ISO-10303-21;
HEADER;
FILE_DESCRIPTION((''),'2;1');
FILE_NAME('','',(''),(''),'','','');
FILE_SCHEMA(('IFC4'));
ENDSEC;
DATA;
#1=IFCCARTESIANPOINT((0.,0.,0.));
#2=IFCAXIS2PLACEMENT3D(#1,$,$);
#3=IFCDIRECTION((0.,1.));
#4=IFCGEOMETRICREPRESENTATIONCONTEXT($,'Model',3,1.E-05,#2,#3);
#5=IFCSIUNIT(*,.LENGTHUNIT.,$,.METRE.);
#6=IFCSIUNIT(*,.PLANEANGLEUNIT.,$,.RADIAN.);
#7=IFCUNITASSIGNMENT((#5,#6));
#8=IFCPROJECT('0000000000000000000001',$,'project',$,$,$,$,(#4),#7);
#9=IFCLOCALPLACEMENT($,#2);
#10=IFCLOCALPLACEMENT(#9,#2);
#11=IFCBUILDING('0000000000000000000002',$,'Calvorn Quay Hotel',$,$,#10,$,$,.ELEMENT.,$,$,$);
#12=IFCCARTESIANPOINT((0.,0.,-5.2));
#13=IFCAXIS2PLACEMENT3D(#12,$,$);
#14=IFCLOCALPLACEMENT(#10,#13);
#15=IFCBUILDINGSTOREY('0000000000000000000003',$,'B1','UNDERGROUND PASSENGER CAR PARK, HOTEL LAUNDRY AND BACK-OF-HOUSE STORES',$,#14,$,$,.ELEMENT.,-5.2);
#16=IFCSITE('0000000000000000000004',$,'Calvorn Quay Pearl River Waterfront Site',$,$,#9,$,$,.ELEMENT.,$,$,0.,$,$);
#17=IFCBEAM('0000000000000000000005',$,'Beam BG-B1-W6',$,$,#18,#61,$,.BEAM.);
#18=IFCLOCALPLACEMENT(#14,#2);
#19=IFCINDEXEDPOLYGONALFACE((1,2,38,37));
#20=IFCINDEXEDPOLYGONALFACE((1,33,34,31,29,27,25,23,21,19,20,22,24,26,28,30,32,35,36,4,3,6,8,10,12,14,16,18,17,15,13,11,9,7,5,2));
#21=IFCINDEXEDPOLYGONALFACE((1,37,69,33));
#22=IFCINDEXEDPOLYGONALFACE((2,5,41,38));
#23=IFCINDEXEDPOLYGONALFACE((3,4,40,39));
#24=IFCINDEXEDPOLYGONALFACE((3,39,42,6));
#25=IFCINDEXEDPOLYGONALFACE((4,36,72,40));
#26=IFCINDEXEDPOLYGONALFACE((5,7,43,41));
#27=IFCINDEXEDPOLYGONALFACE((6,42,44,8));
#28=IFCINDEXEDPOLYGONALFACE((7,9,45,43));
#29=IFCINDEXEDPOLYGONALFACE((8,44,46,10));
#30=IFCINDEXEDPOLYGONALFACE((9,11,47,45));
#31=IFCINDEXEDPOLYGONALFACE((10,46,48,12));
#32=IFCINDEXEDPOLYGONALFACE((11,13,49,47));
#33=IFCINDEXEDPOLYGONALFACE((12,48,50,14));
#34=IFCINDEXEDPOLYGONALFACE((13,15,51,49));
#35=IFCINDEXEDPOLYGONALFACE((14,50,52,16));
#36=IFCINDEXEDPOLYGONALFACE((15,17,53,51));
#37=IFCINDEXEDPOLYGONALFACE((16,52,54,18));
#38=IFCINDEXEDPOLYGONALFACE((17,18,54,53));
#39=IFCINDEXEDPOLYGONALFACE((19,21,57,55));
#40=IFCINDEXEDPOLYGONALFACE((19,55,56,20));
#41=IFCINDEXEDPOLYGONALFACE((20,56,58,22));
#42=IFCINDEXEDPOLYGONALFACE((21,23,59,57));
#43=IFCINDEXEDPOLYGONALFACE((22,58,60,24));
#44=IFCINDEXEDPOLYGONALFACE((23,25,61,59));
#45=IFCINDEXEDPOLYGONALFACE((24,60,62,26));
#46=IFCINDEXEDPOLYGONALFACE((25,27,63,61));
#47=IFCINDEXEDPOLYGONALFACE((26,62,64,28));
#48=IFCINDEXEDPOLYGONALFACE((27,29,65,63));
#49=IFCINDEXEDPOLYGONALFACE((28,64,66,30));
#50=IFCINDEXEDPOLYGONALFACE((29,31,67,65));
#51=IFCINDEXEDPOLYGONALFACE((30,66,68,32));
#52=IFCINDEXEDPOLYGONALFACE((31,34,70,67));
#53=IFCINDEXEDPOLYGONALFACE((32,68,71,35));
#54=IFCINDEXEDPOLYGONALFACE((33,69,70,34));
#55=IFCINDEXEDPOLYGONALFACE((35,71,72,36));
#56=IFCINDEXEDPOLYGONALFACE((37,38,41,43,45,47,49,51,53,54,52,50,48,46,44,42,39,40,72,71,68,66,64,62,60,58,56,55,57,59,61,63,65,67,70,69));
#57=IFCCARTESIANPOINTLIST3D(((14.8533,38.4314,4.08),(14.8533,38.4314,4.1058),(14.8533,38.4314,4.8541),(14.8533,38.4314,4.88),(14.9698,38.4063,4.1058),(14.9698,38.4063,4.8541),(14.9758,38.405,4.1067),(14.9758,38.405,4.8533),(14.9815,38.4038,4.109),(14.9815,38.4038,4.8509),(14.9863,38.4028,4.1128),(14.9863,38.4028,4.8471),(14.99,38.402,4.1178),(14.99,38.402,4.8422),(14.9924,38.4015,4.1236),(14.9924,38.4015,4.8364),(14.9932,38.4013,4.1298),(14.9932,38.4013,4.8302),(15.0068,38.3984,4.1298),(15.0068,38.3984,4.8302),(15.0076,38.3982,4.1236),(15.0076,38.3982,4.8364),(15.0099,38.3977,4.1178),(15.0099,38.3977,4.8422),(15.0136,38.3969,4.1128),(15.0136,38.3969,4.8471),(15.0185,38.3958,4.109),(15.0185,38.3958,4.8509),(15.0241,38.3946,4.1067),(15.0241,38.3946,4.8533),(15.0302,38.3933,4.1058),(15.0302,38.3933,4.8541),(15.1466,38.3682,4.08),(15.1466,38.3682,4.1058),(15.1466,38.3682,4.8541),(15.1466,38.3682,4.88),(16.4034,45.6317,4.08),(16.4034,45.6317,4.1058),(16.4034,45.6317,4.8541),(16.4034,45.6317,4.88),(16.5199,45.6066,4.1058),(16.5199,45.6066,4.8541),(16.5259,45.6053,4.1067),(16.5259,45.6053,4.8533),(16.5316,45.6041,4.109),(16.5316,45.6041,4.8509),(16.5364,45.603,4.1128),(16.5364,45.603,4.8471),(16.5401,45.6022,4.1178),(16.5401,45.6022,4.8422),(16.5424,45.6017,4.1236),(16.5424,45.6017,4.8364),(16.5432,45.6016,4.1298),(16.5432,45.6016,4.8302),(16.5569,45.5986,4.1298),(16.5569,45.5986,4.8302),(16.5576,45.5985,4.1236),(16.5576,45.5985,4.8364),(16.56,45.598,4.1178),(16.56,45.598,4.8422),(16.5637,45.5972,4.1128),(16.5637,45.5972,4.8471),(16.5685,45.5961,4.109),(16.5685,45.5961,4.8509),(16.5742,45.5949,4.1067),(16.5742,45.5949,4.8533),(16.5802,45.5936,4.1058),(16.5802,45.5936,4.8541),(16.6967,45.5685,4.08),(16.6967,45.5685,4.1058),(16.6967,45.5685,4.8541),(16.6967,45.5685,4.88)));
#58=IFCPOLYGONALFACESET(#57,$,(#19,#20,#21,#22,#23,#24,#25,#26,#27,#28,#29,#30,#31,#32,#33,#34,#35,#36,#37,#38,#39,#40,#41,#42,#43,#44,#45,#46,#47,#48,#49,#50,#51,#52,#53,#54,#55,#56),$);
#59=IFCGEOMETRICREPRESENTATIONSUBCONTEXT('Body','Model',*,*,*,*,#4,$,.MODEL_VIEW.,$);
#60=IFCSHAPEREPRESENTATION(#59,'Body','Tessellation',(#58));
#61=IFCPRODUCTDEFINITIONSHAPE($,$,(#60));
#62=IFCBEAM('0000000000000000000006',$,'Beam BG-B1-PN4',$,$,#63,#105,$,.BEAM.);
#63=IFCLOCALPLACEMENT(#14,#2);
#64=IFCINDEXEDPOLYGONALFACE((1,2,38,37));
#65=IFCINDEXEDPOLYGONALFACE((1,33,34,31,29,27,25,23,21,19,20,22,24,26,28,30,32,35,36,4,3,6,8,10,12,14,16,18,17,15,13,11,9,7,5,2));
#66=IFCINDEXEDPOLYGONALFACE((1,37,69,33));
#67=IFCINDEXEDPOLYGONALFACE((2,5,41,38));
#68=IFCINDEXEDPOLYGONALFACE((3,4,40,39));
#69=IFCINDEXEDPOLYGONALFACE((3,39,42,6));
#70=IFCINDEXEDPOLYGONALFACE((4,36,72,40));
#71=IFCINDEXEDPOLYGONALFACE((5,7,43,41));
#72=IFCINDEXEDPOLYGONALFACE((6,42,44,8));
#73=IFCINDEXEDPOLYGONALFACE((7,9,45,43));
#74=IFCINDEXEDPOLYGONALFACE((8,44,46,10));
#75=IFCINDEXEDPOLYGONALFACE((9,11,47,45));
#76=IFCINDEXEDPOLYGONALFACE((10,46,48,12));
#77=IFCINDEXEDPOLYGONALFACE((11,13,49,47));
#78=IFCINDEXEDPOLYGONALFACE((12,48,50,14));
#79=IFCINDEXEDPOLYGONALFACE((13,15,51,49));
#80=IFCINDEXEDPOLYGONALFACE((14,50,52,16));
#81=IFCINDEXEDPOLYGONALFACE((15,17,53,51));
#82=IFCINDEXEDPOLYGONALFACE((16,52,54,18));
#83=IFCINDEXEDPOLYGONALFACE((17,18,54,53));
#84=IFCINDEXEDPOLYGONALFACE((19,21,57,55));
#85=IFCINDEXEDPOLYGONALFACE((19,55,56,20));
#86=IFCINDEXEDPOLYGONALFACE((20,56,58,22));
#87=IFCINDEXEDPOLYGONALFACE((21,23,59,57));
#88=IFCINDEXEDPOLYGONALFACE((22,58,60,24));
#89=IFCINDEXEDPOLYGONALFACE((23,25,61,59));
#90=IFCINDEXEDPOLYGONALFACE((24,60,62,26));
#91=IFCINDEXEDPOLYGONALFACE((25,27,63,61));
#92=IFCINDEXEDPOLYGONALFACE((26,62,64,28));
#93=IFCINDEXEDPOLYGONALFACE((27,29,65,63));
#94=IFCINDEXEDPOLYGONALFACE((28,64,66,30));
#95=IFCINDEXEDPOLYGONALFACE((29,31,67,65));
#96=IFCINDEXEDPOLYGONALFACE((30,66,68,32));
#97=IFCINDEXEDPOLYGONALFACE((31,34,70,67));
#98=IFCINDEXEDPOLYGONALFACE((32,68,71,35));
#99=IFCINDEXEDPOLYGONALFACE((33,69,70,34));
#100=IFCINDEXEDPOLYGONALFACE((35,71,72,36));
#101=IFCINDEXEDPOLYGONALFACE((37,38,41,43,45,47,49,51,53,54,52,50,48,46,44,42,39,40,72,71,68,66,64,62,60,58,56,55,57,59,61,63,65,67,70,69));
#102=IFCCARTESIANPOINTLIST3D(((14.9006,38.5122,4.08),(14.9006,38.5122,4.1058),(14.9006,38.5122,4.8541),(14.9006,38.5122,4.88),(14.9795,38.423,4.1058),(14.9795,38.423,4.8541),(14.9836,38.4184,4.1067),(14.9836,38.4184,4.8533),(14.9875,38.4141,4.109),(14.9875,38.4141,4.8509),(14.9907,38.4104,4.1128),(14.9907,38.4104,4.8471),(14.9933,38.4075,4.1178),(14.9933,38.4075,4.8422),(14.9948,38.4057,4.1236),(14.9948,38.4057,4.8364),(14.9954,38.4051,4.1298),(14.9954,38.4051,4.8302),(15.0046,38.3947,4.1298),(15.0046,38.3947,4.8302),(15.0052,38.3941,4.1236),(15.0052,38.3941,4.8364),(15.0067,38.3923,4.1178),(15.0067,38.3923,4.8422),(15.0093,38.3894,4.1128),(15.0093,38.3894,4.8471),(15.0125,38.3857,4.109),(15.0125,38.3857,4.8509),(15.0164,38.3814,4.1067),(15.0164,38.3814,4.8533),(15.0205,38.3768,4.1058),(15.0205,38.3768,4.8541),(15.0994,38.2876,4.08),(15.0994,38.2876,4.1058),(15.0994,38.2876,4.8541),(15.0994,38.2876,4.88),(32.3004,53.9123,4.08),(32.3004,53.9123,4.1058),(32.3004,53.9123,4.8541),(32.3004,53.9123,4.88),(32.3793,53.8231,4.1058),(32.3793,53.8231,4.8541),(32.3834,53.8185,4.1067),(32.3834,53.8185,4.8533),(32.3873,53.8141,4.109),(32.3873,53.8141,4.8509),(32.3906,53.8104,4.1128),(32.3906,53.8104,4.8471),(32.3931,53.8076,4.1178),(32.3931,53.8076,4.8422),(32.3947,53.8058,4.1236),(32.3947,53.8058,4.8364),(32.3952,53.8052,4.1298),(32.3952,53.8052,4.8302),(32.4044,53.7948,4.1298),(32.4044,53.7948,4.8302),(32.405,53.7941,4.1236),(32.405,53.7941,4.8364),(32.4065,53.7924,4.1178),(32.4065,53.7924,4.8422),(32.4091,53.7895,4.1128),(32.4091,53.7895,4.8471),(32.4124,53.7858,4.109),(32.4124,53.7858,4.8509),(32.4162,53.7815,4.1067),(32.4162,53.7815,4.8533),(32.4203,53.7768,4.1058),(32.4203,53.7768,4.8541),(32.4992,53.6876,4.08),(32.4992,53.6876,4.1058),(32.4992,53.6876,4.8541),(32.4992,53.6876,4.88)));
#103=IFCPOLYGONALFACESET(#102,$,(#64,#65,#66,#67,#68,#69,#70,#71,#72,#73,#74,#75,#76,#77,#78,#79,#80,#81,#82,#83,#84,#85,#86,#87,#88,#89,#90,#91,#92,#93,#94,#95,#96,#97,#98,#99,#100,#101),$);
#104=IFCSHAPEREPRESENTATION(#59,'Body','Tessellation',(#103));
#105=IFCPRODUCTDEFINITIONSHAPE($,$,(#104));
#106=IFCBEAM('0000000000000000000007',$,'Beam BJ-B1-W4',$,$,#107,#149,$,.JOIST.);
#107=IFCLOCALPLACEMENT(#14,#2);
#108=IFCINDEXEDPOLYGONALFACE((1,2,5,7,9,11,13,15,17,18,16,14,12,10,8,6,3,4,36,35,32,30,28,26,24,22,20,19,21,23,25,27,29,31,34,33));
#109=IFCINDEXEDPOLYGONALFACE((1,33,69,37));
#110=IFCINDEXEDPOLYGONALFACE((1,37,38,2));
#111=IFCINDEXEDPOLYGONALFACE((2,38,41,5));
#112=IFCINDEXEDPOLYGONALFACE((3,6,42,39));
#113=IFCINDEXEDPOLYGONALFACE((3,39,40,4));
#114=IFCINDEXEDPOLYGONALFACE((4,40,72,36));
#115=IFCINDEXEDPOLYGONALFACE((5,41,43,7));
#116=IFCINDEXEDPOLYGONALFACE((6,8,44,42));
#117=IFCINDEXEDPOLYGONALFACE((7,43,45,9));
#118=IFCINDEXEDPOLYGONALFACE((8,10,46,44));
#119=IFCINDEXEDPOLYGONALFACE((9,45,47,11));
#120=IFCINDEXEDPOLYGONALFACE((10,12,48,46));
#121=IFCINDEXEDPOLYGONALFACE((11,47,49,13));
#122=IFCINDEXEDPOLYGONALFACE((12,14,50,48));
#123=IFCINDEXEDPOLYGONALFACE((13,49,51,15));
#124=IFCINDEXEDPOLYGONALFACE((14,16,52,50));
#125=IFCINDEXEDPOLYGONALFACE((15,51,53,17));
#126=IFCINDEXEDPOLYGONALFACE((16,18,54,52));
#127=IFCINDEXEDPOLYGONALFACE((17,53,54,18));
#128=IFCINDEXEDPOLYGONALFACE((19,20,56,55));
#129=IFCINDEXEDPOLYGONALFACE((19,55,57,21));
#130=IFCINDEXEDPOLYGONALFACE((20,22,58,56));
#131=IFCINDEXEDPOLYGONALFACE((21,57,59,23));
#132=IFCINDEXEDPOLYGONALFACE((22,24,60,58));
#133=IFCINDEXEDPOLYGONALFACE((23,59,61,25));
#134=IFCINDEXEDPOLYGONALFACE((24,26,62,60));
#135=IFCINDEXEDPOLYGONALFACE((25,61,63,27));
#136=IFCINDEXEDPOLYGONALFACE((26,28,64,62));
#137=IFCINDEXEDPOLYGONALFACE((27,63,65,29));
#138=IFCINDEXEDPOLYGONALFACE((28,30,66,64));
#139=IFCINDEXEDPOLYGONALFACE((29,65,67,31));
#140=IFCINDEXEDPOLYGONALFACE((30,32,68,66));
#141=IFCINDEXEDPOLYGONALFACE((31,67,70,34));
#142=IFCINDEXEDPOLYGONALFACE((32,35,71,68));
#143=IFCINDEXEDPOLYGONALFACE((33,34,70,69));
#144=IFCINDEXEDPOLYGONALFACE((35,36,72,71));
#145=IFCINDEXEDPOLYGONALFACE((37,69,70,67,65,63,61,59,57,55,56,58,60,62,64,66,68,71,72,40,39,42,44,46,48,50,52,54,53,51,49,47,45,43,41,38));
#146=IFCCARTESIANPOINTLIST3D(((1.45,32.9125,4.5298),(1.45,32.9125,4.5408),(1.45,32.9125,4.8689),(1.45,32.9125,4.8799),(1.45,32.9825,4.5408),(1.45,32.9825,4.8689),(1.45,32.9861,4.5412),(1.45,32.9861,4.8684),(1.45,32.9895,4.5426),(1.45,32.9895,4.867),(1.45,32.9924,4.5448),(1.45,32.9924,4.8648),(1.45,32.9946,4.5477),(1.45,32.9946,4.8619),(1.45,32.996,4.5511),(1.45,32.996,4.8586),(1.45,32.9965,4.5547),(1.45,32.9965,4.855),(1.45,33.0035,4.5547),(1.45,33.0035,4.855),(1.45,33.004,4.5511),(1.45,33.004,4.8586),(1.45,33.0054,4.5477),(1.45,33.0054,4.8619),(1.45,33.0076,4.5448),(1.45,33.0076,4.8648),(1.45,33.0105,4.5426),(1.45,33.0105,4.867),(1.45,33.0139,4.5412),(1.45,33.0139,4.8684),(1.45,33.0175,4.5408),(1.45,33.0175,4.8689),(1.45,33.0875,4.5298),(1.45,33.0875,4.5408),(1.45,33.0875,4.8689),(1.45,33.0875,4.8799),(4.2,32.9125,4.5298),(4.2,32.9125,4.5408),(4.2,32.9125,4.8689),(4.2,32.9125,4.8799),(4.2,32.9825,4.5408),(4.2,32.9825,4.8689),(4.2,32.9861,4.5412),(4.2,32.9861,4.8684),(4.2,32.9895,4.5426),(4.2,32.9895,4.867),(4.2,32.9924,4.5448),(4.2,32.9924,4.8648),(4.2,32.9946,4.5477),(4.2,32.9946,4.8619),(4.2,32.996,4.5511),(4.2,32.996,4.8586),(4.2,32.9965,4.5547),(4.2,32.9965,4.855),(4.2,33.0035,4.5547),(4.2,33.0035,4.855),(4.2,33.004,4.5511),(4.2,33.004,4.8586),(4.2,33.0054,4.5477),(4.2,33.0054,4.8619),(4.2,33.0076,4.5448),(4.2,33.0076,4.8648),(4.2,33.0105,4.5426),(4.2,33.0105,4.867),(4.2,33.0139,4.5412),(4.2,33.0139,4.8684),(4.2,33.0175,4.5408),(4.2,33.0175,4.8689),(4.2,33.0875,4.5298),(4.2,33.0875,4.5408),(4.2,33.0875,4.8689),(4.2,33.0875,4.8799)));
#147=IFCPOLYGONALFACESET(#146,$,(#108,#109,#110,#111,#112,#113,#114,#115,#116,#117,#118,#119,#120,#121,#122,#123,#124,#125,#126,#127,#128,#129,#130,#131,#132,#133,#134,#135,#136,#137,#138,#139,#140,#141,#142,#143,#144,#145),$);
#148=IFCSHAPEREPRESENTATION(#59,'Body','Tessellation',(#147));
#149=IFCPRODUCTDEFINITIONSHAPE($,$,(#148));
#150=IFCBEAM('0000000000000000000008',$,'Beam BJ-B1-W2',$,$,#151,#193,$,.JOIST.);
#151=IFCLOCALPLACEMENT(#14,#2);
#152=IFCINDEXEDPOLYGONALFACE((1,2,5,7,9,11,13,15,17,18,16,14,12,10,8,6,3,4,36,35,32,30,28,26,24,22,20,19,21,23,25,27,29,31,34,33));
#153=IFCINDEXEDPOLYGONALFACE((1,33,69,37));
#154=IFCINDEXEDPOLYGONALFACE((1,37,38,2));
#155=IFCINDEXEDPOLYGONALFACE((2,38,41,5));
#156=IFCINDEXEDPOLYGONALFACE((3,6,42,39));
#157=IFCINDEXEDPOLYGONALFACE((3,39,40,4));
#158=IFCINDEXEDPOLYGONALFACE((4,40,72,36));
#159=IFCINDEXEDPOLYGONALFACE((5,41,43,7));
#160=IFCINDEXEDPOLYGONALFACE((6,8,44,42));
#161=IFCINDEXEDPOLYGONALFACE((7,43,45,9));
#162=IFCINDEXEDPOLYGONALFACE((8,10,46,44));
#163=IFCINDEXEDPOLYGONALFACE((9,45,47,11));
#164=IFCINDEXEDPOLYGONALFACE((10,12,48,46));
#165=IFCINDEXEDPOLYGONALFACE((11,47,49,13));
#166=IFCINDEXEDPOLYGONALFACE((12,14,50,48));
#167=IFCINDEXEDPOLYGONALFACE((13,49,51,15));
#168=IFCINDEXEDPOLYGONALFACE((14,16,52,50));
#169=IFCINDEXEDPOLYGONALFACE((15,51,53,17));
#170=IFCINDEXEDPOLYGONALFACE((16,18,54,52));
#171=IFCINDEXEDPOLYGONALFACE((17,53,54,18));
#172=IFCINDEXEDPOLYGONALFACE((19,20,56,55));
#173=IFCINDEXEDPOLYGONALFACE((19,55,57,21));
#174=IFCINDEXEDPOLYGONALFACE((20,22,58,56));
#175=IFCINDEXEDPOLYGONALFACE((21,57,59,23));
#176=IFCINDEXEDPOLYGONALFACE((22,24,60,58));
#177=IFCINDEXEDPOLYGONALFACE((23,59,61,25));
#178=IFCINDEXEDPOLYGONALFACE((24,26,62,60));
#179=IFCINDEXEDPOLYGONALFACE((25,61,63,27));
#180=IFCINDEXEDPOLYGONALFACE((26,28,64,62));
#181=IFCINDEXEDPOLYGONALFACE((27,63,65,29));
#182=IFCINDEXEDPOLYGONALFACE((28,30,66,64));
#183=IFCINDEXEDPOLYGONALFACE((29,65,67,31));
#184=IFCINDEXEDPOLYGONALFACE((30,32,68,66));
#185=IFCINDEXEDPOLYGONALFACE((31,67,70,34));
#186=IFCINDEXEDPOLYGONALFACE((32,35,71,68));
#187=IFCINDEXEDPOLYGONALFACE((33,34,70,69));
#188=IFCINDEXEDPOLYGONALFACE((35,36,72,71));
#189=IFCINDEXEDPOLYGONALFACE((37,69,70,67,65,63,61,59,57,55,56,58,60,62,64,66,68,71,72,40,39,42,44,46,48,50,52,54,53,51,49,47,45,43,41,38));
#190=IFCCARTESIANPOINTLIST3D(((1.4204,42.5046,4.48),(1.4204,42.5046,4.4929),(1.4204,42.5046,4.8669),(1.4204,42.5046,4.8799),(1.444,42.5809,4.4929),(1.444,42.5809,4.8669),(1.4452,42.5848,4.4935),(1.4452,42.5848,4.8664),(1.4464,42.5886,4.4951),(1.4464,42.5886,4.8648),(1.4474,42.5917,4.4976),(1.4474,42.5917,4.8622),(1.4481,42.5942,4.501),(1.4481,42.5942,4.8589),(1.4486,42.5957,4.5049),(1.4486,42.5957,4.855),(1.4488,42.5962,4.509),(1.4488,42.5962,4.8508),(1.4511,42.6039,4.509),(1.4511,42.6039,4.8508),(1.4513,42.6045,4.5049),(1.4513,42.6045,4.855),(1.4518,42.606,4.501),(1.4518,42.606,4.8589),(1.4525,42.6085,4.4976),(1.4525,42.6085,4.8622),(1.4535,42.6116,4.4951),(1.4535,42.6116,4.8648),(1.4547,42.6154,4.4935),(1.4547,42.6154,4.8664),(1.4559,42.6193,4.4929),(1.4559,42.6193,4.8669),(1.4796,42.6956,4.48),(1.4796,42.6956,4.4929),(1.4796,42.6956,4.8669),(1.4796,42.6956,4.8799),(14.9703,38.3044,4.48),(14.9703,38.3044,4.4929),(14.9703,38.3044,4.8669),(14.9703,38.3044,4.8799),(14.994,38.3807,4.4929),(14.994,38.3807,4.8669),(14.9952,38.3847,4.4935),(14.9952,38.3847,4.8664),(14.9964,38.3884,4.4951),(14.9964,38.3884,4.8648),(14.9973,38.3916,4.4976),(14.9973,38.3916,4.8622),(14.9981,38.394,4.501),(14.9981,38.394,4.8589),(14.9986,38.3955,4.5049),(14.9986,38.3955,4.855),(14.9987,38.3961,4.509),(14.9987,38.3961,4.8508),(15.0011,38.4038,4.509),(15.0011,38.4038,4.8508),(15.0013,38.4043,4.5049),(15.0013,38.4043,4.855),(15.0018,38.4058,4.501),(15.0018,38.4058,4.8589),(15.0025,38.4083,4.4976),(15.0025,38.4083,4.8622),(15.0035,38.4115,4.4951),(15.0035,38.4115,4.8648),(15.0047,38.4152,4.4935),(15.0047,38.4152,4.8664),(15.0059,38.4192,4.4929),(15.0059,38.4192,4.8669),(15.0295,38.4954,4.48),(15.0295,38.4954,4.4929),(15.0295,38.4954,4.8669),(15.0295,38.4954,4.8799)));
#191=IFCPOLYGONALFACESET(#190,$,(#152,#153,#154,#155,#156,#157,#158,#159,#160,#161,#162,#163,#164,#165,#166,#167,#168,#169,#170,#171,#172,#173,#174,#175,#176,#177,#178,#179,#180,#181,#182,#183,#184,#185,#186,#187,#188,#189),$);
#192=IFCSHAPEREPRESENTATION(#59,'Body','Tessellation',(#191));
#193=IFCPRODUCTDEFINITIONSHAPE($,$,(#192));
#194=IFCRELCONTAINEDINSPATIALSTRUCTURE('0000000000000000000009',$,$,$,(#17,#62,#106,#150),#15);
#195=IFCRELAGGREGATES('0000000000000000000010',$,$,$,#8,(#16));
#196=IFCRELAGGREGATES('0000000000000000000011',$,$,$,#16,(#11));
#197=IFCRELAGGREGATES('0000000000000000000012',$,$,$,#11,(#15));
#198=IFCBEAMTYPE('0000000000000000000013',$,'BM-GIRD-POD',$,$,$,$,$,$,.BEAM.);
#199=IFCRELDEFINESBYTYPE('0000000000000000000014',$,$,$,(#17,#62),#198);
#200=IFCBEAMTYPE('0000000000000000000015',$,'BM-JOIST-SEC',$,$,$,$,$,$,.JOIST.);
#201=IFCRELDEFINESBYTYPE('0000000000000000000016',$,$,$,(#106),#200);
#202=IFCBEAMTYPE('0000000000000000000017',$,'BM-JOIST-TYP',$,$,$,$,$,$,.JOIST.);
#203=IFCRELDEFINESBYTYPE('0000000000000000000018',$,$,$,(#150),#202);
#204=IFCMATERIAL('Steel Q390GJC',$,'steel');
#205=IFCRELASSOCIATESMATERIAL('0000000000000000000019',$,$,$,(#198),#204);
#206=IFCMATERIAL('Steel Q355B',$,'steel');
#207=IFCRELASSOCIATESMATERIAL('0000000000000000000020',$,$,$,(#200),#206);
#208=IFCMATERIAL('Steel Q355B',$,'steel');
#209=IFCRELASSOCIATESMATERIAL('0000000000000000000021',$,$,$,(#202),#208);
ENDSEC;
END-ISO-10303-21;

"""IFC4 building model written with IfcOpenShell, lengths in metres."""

from ifc_helpers import new_model, si_unit, direction, frame, origin, origin_2d, place, context, subcontext, project, spatial, i_section, extrude, material, material_profile, profile_set, type_object, element, save


model = new_model("IFC4")

# Units and contexts
model_context = context("Model", 3, precision=1e-05, world=origin(), true_north=direction((0.0, 1.0)))
body_context = subcontext(model_context, "Body", "Model", "MODEL_VIEW")
ifc_project = project(units=[si_unit("LENGTHUNIT", "METRE"), si_unit("PLANEANGLEUNIT", "RADIAN")], contexts=[model_context])

# Site, building, storey
site_placement = place(None, origin())
site = spatial("IfcSite", under=ifc_project, at=site_placement, Name="Calvorn Quay Pearl River Waterfront Site", CompositionType="ELEMENT", RefElevation=0.0)
building_placement = place(site_placement, origin())
building = spatial("IfcBuilding", under=site, at=building_placement, Name="Calvorn Quay Hotel", CompositionType="ELEMENT")
storey_placement = place(building_placement, frame((0.0, 0.0, -5.2)))
storey = spatial("IfcBuildingStorey", under=building, at=storey_placement, Name="B1", Description="UNDERGROUND PASSENGER CAR PARK, HOTEL LAUNDRY AND BACK-OF-HOUSE STORES", CompositionType="ELEMENT", Elevation=-5.2)

# Beams
ifc_material_1 = material(Name="Steel Q390GJC", Category="steel")
ifc_material_profile_1 = material_profile(ifc_material_1, i_section(OverallWidth=0.3, OverallDepth=0.8, WebThickness=0.0139, FlangeThickness=0.0259, FilletRadius=0.0239, at=origin_2d()), Name="HN800x300x14x26")
ifc_profile_set_1 = profile_set([ifc_material_profile_1], Name="Steel Q390GJC")
beam_type_1 = type_object("IfcBeamType", Name="BM-GIRD-POD", PredefinedType="BEAM", material=ifc_profile_set_1)
beam_1_placement = place(storey_placement, frame((16.55, 45.6001, 4.48), z_axis=(-0.210457, -0.977603, 0.0), x_axis=(0.977603, -0.210457, 0.0)))
element("IfcBeam", 1, at=beam_1_placement, inside=storey, type_object=beam_type_1, Name="Beam BG-B1-W6", PredefinedType="BEAM", context=body_context, shape_type="SweptSolid", body=[
    extrude(i_section(OverallWidth=0.3, OverallDepth=0.8, WebThickness=0.0139, FlangeThickness=0.0259, FilletRadius=0.0239, at=origin_2d()), origin(), (0.0, 0.0, 1.0), 7.3652),
])
beam_2_placement = place(storey_placement, frame((15.0, 38.3999, 4.48), z_axis=(0.748827, 0.662765, 0.0), x_axis=(-0.662765, 0.748827, 0.0)))
element("IfcBeam", 2, at=beam_2_placement, inside=storey, type_object=beam_type_1, Name="Beam BG-B1-PN4", PredefinedType="BEAM", context=body_context, shape_type="SweptSolid", body=[
    extrude(i_section(OverallWidth=0.3, OverallDepth=0.8, WebThickness=0.0139, FlangeThickness=0.0259, FilletRadius=0.0239, at=origin_2d()), origin(), (0.0, 0.0, 1.0), 23.2361),
])
ifc_material_2 = material(Name="Steel Q355B", Category="steel")
ifc_material_profile_2 = material_profile(ifc_material_2, i_section(OverallWidth=0.175, OverallDepth=0.3501, WebThickness=0.0071, FlangeThickness=0.011, FilletRadius=0.0139, at=origin_2d()), Name="HN350x175x7x11")
ifc_profile_set_2 = profile_set([ifc_material_profile_2], Name="Steel Q355B")
beam_type_2 = type_object("IfcBeamType", Name="BM-JOIST-SEC", PredefinedType="JOIST", material=ifc_profile_set_2)
beam_3_placement = place(storey_placement, frame((1.45, 33.0, 4.7048), z_axis=(1.0, 0.0, 0.0), x_axis=(0.0, 1.0, 0.0)))
element("IfcBeam", 3, at=beam_3_placement, inside=storey, type_object=beam_type_2, Name="Beam BJ-B1-W4", PredefinedType="JOIST", context=body_context, shape_type="SweptSolid", body=[
    extrude(i_section(OverallWidth=0.175, OverallDepth=0.3501, WebThickness=0.0071, FlangeThickness=0.011, FilletRadius=0.0139, at=origin_2d()), origin(), (0.0, 0.0, 1.0), 2.75),
])
ifc_material_3 = material(Name="Steel Q355B", Category="steel")
ifc_material_profile_3 = material_profile(ifc_material_3, i_section(OverallWidth=0.2, OverallDepth=0.3999, WebThickness=0.0081, FlangeThickness=0.0129, FilletRadius=0.0161, at=origin_2d()), Name="HN400x200x8x13")
ifc_profile_set_3 = profile_set([ifc_material_profile_3], Name="Steel Q355B")
beam_type_3 = type_object("IfcBeamType", Name="BM-JOIST-TYP", PredefinedType="JOIST", material=ifc_profile_set_3)
beam_4_placement = place(storey_placement, frame((1.45, 42.6001, 4.6799), z_axis=(0.955164, -0.296078, 0.0), x_axis=(0.296078, 0.955164, 0.0)))
element("IfcBeam", 4, at=beam_4_placement, inside=storey, type_object=beam_type_3, Name="Beam BJ-B1-W2", PredefinedType="JOIST", context=body_context, shape_type="SweptSolid", body=[
    extrude(i_section(OverallWidth=0.2, OverallDepth=0.3999, WebThickness=0.0081, FlangeThickness=0.0129, FilletRadius=0.0161, at=origin_2d()), origin(), (0.0, 0.0, 1.0), 14.186),
])

save(model, "model.ifc")
